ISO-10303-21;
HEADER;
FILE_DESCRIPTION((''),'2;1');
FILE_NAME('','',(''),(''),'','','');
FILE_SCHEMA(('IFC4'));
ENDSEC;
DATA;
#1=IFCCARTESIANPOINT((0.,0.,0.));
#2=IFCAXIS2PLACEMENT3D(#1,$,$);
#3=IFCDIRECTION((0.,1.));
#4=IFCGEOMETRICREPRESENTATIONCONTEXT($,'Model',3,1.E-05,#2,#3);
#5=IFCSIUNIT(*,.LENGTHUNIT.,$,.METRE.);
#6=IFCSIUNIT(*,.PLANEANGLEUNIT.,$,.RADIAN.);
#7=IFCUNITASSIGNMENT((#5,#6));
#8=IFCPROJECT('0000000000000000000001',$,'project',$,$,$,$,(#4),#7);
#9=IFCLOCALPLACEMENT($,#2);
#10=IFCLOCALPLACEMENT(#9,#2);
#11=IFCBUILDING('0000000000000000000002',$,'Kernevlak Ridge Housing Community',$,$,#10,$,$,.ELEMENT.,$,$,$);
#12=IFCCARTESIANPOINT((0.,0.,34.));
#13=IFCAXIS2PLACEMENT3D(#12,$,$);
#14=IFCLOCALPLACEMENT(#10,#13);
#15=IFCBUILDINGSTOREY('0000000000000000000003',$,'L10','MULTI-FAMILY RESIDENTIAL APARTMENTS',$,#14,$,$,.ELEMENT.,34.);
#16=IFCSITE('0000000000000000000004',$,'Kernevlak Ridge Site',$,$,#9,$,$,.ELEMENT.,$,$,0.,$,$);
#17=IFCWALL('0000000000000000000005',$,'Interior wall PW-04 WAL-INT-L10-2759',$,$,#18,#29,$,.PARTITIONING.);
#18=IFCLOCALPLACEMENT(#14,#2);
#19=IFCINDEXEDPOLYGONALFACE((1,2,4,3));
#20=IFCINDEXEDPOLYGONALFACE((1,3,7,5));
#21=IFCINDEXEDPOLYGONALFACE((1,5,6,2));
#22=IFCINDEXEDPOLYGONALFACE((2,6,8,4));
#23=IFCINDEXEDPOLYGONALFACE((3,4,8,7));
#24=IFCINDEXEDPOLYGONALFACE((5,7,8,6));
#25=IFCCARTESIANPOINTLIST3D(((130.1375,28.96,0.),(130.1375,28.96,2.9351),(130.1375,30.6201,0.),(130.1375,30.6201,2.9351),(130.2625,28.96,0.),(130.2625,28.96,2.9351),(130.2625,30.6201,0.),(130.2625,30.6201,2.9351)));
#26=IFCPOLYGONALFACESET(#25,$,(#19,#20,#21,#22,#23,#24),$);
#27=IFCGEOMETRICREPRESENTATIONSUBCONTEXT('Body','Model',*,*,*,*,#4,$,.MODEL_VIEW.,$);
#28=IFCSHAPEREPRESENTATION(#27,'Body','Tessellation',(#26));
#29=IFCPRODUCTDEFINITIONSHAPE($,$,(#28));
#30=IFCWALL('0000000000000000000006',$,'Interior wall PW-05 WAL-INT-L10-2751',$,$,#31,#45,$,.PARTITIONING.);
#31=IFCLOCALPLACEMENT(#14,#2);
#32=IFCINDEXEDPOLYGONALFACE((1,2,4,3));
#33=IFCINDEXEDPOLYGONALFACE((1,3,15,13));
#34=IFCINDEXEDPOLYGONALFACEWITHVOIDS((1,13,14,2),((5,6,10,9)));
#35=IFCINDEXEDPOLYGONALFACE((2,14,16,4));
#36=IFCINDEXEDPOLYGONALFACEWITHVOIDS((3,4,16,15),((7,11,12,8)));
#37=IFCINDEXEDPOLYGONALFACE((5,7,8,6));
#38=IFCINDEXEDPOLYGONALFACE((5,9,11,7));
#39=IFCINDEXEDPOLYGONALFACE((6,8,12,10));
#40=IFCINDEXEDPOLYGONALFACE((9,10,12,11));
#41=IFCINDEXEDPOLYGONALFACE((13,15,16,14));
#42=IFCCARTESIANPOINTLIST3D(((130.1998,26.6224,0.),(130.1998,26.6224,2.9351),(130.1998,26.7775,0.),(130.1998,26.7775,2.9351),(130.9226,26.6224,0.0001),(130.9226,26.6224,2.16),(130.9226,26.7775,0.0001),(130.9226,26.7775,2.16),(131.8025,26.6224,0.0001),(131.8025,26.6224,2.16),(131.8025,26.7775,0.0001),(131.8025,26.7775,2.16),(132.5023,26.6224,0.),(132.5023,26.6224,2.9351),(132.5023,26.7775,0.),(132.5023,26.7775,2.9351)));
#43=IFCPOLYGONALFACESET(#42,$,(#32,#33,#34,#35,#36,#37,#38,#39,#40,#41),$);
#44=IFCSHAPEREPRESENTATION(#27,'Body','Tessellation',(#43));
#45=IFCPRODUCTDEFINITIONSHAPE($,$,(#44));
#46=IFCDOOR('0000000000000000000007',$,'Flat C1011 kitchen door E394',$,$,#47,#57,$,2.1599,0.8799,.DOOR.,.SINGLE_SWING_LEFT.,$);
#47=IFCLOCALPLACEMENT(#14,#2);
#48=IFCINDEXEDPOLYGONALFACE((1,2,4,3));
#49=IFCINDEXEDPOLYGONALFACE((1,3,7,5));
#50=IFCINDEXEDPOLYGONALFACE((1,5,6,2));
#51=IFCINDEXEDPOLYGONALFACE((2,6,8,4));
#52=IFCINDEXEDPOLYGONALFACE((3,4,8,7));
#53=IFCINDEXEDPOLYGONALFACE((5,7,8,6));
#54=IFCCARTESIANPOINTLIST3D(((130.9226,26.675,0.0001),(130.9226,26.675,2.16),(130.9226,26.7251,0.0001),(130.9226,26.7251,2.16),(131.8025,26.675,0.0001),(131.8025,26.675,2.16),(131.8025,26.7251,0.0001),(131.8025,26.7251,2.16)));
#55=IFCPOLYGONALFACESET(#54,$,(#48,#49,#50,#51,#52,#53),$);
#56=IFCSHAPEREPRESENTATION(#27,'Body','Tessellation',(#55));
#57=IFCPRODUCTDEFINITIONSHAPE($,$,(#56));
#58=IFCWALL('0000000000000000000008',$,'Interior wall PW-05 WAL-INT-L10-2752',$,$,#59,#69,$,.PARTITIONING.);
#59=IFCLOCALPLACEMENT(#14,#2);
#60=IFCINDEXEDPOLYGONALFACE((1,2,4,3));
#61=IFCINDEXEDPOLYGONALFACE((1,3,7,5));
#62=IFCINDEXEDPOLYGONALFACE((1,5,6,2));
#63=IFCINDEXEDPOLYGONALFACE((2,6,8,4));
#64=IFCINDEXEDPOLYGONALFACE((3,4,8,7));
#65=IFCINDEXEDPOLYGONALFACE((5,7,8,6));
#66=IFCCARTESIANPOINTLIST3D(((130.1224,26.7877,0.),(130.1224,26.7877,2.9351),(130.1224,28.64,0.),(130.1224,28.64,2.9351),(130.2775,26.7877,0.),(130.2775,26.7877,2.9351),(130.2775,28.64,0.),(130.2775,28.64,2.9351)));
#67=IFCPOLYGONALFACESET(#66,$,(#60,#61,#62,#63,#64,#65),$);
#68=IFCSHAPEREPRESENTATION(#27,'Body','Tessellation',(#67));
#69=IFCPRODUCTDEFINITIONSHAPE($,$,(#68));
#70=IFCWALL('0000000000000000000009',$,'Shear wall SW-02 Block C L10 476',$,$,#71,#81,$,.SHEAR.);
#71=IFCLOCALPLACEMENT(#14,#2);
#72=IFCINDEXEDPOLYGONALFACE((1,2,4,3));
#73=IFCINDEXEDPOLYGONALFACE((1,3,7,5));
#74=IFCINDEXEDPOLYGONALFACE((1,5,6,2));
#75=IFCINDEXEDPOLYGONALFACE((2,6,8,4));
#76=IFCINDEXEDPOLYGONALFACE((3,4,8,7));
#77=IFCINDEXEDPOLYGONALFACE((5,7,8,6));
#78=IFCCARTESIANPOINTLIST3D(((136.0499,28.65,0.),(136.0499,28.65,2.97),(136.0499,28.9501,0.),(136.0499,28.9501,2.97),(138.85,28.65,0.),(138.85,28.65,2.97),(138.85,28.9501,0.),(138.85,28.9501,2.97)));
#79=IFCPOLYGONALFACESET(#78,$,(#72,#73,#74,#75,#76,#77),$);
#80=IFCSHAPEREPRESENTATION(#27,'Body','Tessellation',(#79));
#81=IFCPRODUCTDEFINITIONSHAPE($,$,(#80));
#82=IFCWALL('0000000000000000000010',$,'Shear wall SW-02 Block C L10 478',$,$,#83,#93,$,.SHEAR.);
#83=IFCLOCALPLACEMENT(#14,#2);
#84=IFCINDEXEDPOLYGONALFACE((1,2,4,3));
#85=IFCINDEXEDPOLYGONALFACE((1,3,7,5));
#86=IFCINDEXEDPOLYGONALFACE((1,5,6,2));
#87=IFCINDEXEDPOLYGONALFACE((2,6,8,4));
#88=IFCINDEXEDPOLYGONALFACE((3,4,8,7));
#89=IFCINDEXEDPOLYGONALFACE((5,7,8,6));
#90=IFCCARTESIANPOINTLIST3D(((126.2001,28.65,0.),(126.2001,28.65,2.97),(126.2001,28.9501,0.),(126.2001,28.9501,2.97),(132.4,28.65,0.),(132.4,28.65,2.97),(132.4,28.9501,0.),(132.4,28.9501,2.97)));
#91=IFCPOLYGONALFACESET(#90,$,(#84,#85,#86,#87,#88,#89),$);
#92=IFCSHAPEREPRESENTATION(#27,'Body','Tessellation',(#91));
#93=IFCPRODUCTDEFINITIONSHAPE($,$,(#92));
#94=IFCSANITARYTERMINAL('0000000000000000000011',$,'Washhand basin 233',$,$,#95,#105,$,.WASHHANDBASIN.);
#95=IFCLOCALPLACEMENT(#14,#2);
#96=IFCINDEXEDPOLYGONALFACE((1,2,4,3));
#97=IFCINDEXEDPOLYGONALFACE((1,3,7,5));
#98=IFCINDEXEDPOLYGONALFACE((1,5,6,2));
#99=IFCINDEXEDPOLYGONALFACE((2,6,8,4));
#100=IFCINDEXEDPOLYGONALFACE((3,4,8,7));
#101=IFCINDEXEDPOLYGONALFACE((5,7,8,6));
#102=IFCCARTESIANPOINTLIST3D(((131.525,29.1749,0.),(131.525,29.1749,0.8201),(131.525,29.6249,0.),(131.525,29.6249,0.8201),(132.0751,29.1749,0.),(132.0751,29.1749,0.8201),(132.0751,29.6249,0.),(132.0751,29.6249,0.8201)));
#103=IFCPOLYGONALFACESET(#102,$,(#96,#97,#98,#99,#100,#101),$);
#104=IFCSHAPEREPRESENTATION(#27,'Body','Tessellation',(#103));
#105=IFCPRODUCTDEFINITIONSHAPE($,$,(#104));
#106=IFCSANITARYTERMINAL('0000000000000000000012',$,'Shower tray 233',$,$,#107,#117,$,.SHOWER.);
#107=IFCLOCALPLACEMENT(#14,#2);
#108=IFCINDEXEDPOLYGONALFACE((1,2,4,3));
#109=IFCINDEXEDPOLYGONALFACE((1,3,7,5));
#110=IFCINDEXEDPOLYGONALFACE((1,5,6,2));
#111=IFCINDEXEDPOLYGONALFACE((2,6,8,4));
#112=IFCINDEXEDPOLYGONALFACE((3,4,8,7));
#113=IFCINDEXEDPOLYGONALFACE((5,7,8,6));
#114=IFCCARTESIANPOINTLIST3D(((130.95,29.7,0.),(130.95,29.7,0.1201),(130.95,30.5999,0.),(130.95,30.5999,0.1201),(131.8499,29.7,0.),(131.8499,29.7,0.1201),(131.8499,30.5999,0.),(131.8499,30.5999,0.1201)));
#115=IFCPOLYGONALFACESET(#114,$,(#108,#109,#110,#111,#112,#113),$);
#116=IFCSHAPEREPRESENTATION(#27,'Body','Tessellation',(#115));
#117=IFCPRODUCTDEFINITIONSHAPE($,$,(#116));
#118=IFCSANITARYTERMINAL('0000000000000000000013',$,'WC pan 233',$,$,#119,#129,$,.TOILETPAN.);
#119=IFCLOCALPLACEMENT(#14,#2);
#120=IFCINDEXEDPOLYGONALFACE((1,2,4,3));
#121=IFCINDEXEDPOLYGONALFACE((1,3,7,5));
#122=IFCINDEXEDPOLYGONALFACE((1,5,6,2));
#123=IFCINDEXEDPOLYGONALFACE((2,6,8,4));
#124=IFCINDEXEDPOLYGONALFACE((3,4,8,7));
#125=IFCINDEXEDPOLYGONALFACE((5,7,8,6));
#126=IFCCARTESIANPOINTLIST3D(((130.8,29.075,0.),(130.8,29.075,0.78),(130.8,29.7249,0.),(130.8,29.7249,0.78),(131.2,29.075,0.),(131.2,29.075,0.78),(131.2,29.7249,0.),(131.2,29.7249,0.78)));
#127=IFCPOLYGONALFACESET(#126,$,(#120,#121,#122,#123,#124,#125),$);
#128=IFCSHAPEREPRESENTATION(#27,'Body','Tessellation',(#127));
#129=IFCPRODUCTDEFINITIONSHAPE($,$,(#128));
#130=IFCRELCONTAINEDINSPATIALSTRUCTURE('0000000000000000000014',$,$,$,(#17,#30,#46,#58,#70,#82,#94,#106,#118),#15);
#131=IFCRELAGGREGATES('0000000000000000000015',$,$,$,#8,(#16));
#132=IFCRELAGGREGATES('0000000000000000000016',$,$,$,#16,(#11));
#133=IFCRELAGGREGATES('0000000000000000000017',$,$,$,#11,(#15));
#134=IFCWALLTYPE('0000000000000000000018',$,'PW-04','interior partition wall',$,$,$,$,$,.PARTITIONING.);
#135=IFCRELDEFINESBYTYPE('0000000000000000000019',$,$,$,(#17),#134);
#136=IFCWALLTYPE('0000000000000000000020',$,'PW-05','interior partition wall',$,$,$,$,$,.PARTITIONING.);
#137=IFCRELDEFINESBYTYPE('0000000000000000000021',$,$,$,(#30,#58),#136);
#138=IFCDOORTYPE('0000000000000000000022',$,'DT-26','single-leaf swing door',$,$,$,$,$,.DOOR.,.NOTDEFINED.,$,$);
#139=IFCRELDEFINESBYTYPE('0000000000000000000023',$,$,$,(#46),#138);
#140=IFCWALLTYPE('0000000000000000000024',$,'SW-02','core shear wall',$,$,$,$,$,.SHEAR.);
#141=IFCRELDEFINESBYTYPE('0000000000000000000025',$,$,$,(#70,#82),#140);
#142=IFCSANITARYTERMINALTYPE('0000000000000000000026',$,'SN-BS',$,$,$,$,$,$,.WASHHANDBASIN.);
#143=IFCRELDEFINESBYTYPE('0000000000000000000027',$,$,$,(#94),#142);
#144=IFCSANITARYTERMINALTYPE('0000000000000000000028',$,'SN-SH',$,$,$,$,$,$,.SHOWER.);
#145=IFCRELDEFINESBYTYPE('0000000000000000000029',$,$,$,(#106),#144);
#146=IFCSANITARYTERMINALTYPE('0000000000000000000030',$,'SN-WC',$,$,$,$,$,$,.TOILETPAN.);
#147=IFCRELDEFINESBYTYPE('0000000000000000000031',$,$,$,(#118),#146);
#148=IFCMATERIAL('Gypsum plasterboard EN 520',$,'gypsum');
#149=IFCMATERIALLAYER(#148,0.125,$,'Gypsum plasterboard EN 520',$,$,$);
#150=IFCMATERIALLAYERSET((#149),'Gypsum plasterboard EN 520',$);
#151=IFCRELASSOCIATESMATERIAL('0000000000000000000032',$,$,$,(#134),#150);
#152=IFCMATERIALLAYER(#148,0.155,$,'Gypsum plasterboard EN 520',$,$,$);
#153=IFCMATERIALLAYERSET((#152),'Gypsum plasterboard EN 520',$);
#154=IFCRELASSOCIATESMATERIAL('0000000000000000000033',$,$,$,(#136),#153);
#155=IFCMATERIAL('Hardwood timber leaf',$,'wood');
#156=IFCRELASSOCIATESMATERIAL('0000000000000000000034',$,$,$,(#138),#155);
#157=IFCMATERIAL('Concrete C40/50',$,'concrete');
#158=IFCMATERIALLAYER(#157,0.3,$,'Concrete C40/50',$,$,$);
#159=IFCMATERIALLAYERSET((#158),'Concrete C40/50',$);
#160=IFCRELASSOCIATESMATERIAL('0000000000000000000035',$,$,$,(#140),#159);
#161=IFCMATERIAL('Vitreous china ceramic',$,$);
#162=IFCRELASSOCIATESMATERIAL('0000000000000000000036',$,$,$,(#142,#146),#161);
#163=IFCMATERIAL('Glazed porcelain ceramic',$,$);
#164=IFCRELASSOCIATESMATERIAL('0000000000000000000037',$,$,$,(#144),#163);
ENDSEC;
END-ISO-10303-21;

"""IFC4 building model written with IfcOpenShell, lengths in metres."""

from ifc_helpers import new_model, si_unit, direction, frame, frame_2d, origin, origin_2d, place, context, subcontext, project, spatial, rectangle, extrude, material, layer, layer_set, type_object, element, fill, save


model = new_model("IFC4")

# Units and contexts
model_context = context("Model", 3, precision=1e-05, world=origin(), true_north=direction((0.0, 1.0)))
body_context = subcontext(model_context, "Body", "Model", "MODEL_VIEW")
ifc_project = project(units=[si_unit("LENGTHUNIT", "METRE"), si_unit("PLANEANGLEUNIT", "RADIAN")], contexts=[model_context])

# Site, building, storey
site_placement = place(None, origin())
site = spatial("IfcSite", under=ifc_project, at=site_placement, Name="Kernevlak Ridge Site", CompositionType="ELEMENT", RefElevation=0.0)
building_placement = place(site_placement, origin())
building = spatial("IfcBuilding", under=site, at=building_placement, Name="Kernevlak Ridge Housing Community", CompositionType="ELEMENT")
storey_placement = place(building_placement, frame((0.0, 0.0, 34.0)))
storey = spatial("IfcBuildingStorey", under=building, at=storey_placement, Name="L10", Description="MULTI-FAMILY RESIDENTIAL APARTMENTS", CompositionType="ELEMENT", Elevation=34.0)

# Shared definitions
ifc_material_1 = material(Name="Gypsum plasterboard EN 520", Category="gypsum")
ifc_layer_1 = layer(ifc_material_1, 0.125, Name="Gypsum plasterboard EN 520")
ifc_layer_set_1 = layer_set([ifc_layer_1], Name="Gypsum plasterboard EN 520")
wall_type_1 = type_object("IfcWallType", Name="PW-04", Description="interior partition wall", PredefinedType="PARTITIONING", material=ifc_layer_set_1)

# Wall
wall_1_placement = place(storey_placement, frame((130.2, 28.96, 0.0), z_axis=(0.0, 0.0, 1.0), x_axis=(0.0, 1.0, 0.0)))
element("IfcWall", 1, at=wall_1_placement, inside=storey, type_object=wall_type_1, Name="Interior wall PW-04 WAL-INT-L10-2759", PredefinedType="PARTITIONING", context=body_context, shape_type="SweptSolid", body=[
    extrude(rectangle(XDim=1.6602, YDim=0.125, at=frame_2d((0.8301, 0.0))), origin(), (0.0, 0.0, 1.0), 2.9351),
])

# Wall, opening, door
ifc_layer_2 = layer(ifc_material_1, 0.155, Name="Gypsum plasterboard EN 520")
ifc_layer_set_2 = layer_set([ifc_layer_2], Name="Gypsum plasterboard EN 520")
wall_type_2 = type_object("IfcWallType", Name="PW-05", Description="interior partition wall", PredefinedType="PARTITIONING", material=ifc_layer_set_2)
wall_2_placement = place(storey_placement, frame((132.5024, 26.7, 0.0), z_axis=(0.0, 0.0, 1.0), x_axis=(-1.0, 0.0, 0.0)))
wall_2 = element("IfcWall", 2, at=wall_2_placement, inside=storey, type_object=wall_type_2, Name="Interior wall PW-05 WAL-INT-L10-2751", PredefinedType="PARTITIONING", context=body_context, shape_type="SweptSolid", body=[
    extrude(rectangle(XDim=2.3025, YDim=0.155, at=frame_2d((1.1514, 0.0))), origin(), (0.0, 0.0, 1.0), 2.9351),
])
opening_1_placement = place(wall_2_placement, frame((0.7, 0.0, 0.0)))
opening_1 = element("IfcOpeningElement", 3, at=opening_1_placement, cuts=wall_2, PredefinedType="OPENING", context=body_context, shape_type="SweptSolid", body=[
    extrude(rectangle(XDim=0.8799, YDim=2.1599, at=frame_2d((0.4399, 1.0801))), frame((0.0, 0.0874, 0.0), z_axis=(0.0, -1.0, 0.0), x_axis=(1.0, 0.0, 0.0)), (0.0, 0.0, 1.0), 0.175),
])
ifc_material_2 = material(Name="Hardwood timber leaf", Category="wood")
door_type_1 = type_object("IfcDoorType", Name="DT-26", Description="single-leaf swing door", OperationType="NOTDEFINED", PredefinedType="DOOR", material=ifc_material_2)
door_1_placement = place(opening_1_placement, origin())
door_1 = element("IfcDoor", 4, at=door_1_placement, inside=storey, type_object=door_type_1, Name="Flat C1011 kitchen door E394", OperationType="SINGLE_SWING_LEFT", OverallHeight=2.1599, OverallWidth=0.8799, PredefinedType="DOOR", context=body_context, shape_type="SweptSolid", body=[
    extrude(rectangle(XDim=0.8799, YDim=2.1599, at=frame_2d((0.4399, 1.0801))), frame((0.0, 0.0249, 0.0), z_axis=(0.0, -1.0, 0.0), x_axis=(1.0, 0.0, 0.0)), (0.0, 0.0, 1.0), 0.05),
])
fill(opening_1, door_1)

# Walls
wall_3_placement = place(storey_placement, frame((130.2, 26.7876, 0.0), z_axis=(0.0, 0.0, 1.0), x_axis=(0.0, 1.0, 0.0)))
element("IfcWall", 5, at=wall_3_placement, inside=storey, type_object=wall_type_2, Name="Interior wall PW-05 WAL-INT-L10-2752", PredefinedType="PARTITIONING", context=body_context, shape_type="SweptSolid", body=[
    extrude(rectangle(XDim=1.8523, YDim=0.155, at=frame_2d((0.9263, 0.0))), origin(), (0.0, 0.0, 1.0), 2.9351),
])
ifc_material_3 = material(Name="Concrete C40/50", Category="concrete")
ifc_layer_3 = layer(ifc_material_3, 0.3, Name="Concrete C40/50")
ifc_layer_set_3 = layer_set([ifc_layer_3], Name="Concrete C40/50")
wall_type_3 = type_object("IfcWallType", Name="SW-02", Description="core shear wall", PredefinedType="SHEAR", material=ifc_layer_set_3)
wall_4_placement = place(storey_placement, frame((136.05, 28.8, 0.0), z_axis=(0.0, 0.0, 1.0), x_axis=(1.0, 0.0, 0.0)))
element("IfcWall", 6, at=wall_4_placement, inside=storey, type_object=wall_type_3, Name="Shear wall SW-02 Block C L10 476", PredefinedType="SHEAR", context=body_context, shape_type="SweptSolid", body=[
    extrude(rectangle(XDim=2.8, YDim=0.3, at=frame_2d((1.3999, 0.0))), origin(), (0.0, 0.0, 1.0), 2.97),
])
wall_5_placement = place(storey_placement, frame((126.2, 28.8, 0.0), z_axis=(0.0, 0.0, 1.0), x_axis=(1.0, 0.0, 0.0)))
element("IfcWall", 7, at=wall_5_placement, inside=storey, type_object=wall_type_3, Name="Shear wall SW-02 Block C L10 478", PredefinedType="SHEAR", context=body_context, shape_type="SweptSolid", body=[
    extrude(rectangle(XDim=6.2, YDim=0.3, at=frame_2d((3.1001, 0.0))), origin(), (0.0, 0.0, 1.0), 2.97),
])

# Sanitary terminals
ifc_material_4 = material(Name="Vitreous china ceramic")
sanitary_terminal_type_1 = type_object("IfcSanitaryTerminalType", Name="SN-BS", PredefinedType="WASHHANDBASIN", material=ifc_material_4)
sanitary_terminal_1_placement = place(storey_placement, frame((131.8, 29.3999, 0.0), z_axis=(0.0, 0.0, 1.0), x_axis=(1.0, 0.0, 0.0)))
element("IfcSanitaryTerminal", 8, at=sanitary_terminal_1_placement, inside=storey, type_object=sanitary_terminal_type_1, Name="Washhand basin 233", PredefinedType="WASHHANDBASIN", context=body_context, shape_type="SweptSolid", body=[
    extrude(rectangle(XDim=0.55, YDim=0.45, at=origin_2d()), origin(), (0.0, 0.0, 1.0), 0.8201),
])
ifc_material_5 = material(Name="Glazed porcelain ceramic")
sanitary_terminal_type_2 = type_object("IfcSanitaryTerminalType", Name="SN-SH", PredefinedType="SHOWER", material=ifc_material_5)
sanitary_terminal_2_placement = place(storey_placement, frame((131.3999, 30.1499, 0.0), z_axis=(0.0, 0.0, 1.0), x_axis=(1.0, 0.0, 0.0)))
element("IfcSanitaryTerminal", 9, at=sanitary_terminal_2_placement, inside=storey, type_object=sanitary_terminal_type_2, Name="Shower tray 233", PredefinedType="SHOWER", context=body_context, shape_type="SweptSolid", body=[
    extrude(rectangle(XDim=0.8999, YDim=0.8999, at=origin_2d()), origin(), (0.0, 0.0, 1.0), 0.1201),
])
sanitary_terminal_type_3 = type_object("IfcSanitaryTerminalType", Name="SN-WC", PredefinedType="TOILETPAN", material=ifc_material_4)
sanitary_terminal_3_placement = place(storey_placement, frame((131.0, 29.3999, 0.0), z_axis=(0.0, 0.0, 1.0), x_axis=(1.0, 0.0, 0.0)))
element("IfcSanitaryTerminal", 10, at=sanitary_terminal_3_placement, inside=storey, type_object=sanitary_terminal_type_3, Name="WC pan 233", PredefinedType="TOILETPAN", context=body_context, shape_type="SweptSolid", body=[
    extrude(rectangle(XDim=0.3999, YDim=0.6499, at=origin_2d()), origin(), (0.0, 0.0, 1.0), 0.78),
])

save(model, "model.ifc")
